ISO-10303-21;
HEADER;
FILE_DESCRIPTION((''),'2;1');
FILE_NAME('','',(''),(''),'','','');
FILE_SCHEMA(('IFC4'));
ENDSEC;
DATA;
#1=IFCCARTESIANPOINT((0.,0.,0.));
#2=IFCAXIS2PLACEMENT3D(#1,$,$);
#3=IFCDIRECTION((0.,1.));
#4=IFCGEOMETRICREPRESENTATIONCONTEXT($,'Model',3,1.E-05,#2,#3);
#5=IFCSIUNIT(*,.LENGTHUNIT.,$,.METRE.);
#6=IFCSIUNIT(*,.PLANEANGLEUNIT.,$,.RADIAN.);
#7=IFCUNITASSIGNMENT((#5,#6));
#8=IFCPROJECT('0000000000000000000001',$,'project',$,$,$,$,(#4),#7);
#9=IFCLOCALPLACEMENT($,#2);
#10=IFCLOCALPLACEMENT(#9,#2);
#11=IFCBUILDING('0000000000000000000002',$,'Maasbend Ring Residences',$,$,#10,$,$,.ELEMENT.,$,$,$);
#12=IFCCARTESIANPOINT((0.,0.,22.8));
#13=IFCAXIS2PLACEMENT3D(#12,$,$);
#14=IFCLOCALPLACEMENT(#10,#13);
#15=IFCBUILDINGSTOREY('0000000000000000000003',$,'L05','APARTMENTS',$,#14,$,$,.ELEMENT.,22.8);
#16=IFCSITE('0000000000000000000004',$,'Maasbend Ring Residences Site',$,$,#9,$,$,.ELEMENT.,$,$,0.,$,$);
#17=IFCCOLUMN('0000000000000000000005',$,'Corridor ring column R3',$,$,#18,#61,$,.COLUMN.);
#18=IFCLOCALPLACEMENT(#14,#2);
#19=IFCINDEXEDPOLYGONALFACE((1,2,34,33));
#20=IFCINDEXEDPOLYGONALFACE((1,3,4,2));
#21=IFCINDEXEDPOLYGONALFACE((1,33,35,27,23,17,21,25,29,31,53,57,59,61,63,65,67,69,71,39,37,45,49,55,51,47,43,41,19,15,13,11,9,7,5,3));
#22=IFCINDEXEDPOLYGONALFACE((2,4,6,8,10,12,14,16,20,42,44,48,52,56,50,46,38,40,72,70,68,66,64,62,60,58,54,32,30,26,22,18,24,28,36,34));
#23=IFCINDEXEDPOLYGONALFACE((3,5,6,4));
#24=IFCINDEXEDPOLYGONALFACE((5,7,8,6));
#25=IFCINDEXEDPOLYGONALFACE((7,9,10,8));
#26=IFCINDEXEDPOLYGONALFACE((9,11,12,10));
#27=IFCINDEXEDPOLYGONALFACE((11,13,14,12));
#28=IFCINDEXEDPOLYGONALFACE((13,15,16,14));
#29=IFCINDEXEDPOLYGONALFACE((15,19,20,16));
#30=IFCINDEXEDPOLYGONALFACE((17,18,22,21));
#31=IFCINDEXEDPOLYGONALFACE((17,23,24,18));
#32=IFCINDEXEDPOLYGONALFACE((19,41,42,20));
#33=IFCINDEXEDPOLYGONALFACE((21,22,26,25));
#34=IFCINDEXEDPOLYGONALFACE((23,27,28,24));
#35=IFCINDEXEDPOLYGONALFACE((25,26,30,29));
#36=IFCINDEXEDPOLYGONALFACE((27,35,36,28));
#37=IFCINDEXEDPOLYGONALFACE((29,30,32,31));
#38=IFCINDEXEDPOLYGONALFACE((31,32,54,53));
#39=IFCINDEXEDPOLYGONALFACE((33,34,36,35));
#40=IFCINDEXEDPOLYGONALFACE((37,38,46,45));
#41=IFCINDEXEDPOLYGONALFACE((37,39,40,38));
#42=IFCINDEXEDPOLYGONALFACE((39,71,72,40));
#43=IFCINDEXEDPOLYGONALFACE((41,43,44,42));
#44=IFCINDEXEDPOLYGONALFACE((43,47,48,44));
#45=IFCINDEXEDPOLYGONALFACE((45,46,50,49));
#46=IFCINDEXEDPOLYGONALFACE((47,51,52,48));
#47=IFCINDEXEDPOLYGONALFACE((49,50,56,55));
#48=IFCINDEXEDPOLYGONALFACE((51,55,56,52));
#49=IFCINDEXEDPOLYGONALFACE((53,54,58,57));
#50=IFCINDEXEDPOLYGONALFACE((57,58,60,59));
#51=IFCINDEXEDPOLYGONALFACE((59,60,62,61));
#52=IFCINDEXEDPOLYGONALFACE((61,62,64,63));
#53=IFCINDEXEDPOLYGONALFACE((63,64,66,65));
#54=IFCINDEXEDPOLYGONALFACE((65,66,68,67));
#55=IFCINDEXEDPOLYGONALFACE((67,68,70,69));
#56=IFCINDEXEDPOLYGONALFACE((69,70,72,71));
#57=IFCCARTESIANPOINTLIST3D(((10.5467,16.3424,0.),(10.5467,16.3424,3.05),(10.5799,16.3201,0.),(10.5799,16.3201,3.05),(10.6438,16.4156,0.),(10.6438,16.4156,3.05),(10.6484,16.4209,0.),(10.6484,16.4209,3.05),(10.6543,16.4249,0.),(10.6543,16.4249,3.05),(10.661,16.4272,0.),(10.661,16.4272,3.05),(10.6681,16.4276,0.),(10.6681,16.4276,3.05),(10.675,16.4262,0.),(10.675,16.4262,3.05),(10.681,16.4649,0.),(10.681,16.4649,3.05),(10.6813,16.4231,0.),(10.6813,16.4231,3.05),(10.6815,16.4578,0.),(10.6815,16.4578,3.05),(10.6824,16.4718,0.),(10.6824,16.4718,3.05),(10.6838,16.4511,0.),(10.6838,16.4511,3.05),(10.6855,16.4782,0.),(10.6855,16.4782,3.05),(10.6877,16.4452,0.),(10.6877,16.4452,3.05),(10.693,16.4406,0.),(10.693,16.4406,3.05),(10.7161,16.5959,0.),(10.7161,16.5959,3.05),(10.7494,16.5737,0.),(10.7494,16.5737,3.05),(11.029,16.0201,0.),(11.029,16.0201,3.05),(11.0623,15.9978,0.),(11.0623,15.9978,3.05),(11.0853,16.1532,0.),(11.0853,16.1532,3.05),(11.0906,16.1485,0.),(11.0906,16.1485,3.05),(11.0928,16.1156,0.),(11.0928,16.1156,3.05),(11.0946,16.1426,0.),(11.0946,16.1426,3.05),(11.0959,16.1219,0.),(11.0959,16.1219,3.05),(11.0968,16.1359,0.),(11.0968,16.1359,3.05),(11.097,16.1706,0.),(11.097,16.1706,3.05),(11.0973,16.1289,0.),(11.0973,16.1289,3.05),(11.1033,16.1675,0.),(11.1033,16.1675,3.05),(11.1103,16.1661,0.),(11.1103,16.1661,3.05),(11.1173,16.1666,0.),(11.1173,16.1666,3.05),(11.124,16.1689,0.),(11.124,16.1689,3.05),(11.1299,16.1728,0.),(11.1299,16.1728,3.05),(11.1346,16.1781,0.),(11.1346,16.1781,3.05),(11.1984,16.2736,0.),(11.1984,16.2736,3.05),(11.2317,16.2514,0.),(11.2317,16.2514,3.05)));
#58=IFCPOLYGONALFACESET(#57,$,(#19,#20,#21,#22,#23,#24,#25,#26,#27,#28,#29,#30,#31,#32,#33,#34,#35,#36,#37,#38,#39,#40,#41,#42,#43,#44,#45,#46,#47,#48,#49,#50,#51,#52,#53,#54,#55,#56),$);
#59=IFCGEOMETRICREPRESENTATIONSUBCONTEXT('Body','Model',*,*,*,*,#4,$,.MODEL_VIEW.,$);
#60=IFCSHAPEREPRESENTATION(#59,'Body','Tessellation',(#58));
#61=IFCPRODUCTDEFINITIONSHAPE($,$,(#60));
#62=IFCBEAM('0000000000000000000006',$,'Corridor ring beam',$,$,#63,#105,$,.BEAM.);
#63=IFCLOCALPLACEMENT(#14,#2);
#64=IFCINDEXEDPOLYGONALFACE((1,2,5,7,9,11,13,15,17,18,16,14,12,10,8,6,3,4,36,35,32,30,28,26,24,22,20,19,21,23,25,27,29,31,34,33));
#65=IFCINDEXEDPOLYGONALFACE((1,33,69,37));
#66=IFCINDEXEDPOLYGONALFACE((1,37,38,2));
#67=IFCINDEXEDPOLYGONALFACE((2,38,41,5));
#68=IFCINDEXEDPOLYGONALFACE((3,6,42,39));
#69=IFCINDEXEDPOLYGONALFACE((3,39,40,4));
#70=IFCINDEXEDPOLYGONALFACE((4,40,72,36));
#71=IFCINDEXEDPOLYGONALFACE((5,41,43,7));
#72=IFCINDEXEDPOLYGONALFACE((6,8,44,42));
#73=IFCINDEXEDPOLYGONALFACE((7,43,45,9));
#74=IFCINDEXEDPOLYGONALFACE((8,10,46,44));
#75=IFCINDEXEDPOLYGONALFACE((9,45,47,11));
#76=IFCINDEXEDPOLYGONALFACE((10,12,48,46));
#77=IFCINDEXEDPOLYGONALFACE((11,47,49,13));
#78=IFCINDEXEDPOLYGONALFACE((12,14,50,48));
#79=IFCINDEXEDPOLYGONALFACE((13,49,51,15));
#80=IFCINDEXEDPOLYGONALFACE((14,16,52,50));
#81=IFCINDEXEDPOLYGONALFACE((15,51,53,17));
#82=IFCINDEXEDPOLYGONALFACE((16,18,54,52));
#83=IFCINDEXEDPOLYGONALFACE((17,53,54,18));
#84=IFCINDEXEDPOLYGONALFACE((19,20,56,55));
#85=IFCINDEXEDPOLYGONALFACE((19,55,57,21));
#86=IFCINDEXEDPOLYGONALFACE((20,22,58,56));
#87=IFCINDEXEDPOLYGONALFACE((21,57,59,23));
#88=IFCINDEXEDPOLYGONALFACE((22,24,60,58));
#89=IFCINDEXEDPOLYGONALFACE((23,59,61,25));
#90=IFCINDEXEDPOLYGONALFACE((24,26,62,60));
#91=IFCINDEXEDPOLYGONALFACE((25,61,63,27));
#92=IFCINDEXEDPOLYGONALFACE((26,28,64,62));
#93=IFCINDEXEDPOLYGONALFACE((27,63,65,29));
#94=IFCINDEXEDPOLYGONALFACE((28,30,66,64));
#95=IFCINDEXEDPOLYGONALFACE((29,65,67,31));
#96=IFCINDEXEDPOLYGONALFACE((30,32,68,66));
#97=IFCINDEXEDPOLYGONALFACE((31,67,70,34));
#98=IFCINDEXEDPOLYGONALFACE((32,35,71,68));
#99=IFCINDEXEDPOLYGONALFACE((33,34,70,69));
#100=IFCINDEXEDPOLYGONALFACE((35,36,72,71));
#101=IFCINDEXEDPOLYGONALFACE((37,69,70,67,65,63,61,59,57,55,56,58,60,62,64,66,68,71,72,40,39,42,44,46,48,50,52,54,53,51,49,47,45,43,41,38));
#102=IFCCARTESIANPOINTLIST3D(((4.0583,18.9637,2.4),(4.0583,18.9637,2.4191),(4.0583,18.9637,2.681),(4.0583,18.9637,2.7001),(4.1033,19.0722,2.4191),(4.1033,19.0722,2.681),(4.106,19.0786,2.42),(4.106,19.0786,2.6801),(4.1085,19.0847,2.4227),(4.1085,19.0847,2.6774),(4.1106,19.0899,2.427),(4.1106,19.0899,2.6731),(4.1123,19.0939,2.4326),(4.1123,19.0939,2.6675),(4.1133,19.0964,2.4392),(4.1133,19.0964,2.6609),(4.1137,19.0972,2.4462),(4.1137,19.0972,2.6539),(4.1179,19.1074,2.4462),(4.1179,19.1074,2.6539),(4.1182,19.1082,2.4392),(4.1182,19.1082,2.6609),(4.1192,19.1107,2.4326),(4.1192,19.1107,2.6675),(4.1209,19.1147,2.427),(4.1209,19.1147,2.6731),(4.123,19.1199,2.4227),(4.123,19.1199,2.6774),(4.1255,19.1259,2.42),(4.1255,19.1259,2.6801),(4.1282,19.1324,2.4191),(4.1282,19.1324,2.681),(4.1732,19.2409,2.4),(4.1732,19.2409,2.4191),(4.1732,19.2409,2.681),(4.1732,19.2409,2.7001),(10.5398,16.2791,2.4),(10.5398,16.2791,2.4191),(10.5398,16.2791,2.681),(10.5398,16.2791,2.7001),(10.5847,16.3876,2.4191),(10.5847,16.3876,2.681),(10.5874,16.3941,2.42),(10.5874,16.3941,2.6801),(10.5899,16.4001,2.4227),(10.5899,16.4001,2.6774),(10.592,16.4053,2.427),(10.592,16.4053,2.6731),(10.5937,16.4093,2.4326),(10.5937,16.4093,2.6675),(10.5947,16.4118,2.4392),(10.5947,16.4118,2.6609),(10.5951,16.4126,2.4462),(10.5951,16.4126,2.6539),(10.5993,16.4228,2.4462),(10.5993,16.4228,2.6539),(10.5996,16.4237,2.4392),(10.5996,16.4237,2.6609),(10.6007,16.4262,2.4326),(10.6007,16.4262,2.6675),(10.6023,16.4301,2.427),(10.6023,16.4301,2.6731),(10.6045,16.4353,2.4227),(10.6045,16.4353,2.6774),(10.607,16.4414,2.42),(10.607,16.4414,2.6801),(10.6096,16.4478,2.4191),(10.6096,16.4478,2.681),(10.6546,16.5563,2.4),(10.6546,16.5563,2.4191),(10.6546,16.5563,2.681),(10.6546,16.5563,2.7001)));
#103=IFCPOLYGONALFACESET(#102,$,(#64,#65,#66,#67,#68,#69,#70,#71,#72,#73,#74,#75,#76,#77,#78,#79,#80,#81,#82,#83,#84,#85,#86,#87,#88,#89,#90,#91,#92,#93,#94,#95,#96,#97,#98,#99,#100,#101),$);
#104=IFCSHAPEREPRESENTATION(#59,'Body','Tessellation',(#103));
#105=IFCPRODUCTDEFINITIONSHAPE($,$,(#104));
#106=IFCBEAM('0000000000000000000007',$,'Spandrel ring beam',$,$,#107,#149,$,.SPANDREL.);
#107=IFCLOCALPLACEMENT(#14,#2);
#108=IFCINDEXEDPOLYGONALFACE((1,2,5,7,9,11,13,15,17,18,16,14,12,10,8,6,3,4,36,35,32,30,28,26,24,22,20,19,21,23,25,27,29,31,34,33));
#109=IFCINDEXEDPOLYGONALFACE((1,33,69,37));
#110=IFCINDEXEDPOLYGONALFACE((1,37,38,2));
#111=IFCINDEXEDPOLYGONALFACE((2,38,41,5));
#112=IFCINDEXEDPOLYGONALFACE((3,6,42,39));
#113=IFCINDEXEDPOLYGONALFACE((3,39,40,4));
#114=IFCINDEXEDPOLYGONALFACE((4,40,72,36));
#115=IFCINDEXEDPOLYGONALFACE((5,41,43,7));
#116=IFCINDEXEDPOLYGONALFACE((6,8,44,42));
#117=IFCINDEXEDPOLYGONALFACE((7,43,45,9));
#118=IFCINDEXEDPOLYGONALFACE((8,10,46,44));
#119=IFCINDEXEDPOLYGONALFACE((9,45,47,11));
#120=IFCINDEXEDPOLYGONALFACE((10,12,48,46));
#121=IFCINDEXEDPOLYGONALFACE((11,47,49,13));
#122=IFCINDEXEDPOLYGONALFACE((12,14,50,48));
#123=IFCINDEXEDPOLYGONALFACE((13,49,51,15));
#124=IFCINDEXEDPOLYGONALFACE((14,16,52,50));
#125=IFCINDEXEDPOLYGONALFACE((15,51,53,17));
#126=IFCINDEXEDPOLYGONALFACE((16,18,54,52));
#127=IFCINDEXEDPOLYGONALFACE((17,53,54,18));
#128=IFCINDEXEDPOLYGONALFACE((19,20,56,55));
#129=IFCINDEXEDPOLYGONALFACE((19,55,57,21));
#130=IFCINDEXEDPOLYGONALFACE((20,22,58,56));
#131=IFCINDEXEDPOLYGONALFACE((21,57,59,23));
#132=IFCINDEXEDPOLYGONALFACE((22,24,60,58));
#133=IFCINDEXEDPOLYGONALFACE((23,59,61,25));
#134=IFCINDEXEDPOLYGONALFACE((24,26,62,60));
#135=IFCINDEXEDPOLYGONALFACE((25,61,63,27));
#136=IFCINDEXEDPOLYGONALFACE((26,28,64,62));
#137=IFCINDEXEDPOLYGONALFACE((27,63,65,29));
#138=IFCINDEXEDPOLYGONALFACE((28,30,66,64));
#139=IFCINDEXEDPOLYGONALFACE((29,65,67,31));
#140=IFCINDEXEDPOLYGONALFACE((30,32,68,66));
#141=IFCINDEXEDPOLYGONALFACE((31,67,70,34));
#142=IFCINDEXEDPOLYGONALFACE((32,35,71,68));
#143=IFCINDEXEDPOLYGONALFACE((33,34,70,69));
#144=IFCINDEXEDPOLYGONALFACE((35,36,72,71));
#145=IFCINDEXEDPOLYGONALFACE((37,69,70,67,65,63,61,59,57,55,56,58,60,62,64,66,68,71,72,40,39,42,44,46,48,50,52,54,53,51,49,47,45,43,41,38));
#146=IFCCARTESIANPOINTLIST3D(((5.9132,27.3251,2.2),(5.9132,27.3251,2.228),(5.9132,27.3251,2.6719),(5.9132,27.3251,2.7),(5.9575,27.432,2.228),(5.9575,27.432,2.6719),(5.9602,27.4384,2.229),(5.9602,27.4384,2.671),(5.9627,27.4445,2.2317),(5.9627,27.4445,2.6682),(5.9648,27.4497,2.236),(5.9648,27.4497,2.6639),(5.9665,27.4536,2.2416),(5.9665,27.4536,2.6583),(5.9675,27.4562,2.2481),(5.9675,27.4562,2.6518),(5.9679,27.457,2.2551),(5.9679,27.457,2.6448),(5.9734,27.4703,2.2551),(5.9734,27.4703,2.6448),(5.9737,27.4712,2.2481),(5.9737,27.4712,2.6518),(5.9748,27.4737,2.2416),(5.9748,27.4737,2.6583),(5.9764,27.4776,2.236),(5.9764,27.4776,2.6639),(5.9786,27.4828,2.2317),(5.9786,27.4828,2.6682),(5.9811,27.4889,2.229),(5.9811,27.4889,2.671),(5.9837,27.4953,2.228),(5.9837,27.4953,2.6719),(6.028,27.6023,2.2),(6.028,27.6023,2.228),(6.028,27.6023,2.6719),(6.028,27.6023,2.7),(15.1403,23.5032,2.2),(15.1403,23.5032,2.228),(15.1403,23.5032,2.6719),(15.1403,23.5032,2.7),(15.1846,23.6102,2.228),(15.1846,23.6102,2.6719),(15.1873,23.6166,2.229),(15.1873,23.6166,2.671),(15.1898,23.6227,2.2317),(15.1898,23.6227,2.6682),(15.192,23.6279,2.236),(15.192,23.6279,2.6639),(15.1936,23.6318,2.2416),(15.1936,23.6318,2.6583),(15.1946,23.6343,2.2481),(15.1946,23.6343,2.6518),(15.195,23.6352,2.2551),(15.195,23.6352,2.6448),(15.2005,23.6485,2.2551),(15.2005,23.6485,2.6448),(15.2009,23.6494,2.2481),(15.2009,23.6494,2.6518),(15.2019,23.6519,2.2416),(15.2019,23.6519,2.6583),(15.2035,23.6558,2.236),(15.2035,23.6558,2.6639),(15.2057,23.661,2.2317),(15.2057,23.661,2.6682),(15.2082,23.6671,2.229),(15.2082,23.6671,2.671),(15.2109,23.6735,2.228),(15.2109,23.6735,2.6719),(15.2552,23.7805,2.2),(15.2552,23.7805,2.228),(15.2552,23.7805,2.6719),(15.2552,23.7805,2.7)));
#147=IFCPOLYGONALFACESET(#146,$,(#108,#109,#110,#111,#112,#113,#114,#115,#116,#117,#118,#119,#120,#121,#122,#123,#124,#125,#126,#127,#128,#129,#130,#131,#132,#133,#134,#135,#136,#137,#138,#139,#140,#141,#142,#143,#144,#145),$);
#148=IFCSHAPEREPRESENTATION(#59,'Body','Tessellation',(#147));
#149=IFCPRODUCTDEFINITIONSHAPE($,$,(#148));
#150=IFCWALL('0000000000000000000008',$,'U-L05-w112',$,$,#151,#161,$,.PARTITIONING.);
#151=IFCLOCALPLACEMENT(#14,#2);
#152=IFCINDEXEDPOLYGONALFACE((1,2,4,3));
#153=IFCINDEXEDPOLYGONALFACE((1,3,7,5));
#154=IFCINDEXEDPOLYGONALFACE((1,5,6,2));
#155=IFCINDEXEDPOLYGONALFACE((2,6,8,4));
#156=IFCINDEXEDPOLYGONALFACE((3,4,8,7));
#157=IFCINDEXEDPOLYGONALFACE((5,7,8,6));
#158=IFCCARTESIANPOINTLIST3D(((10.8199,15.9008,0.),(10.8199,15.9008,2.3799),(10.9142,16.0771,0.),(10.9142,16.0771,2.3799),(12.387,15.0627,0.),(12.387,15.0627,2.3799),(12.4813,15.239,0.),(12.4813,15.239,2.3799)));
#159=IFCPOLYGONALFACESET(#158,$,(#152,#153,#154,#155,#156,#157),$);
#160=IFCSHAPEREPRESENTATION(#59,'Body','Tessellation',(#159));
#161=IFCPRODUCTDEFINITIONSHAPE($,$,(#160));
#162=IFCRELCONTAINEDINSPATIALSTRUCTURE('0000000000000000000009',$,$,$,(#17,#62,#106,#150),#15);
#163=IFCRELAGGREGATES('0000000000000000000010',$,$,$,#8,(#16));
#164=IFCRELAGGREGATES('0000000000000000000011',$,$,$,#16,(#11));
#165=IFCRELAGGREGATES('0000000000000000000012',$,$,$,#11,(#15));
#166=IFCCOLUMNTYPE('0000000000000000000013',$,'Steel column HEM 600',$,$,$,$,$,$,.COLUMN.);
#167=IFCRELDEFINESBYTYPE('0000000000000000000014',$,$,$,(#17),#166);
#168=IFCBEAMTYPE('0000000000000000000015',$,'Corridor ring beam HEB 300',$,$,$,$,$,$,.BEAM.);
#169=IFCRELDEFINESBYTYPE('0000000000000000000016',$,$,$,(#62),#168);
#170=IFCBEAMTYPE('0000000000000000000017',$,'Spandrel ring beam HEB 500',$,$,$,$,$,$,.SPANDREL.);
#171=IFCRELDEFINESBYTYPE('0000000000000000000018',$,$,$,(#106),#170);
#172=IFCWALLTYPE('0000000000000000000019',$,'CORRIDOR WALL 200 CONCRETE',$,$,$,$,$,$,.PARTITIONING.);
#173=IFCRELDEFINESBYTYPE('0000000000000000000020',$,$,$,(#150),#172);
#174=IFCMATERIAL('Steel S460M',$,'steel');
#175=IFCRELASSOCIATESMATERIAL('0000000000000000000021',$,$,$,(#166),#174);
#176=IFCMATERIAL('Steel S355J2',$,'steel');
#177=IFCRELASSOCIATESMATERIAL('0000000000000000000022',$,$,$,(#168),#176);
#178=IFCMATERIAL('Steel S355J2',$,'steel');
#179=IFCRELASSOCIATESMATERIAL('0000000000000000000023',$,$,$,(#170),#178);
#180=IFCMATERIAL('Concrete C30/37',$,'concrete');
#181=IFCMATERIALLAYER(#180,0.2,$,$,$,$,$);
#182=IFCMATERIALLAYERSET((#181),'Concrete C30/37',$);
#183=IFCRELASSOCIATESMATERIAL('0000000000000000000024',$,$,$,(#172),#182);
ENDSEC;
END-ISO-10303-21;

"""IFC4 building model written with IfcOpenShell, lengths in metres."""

from ifc_helpers import new_model, si_unit, direction, frame, frame_2d, origin, origin_2d, place, context, subcontext, project, spatial, rectangle, i_section, extrude, material, layer, layer_set, material_profile, profile_set, type_object, element, save


model = new_model("IFC4")

# Units and contexts
model_context = context("Model", 3, precision=1e-05, world=origin(), true_north=direction((0.0, 1.0)))
body_context = subcontext(model_context, "Body", "Model", "MODEL_VIEW")
ifc_project = project(units=[si_unit("LENGTHUNIT", "METRE"), si_unit("PLANEANGLEUNIT", "RADIAN")], contexts=[model_context])

# Site, building, storey
site_placement = place(None, origin())
site = spatial("IfcSite", under=ifc_project, at=site_placement, Name="Maasbend Ring Residences Site", CompositionType="ELEMENT", RefElevation=0.0)
building_placement = place(site_placement, origin())
building = spatial("IfcBuilding", under=site, at=building_placement, Name="Maasbend Ring Residences", CompositionType="ELEMENT")
storey_placement = place(building_placement, frame((0.0, 0.0, 22.8)))
storey = spatial("IfcBuildingStorey", under=building, at=storey_placement, Name="L05", Description="APARTMENTS", CompositionType="ELEMENT", Elevation=22.8)

# Column
ifc_material_1 = material(Name="Steel S460M", Category="steel")
ifc_material_profile_1 = material_profile(ifc_material_1, i_section(OverallWidth=0.3049, OverallDepth=0.6201, WebThickness=0.021, FlangeThickness=0.04, FilletRadius=0.0271, at=origin_2d()), Name="HEM 600")
ifc_profile_set_1 = profile_set([ifc_material_profile_1], Name="Steel S460M")
column_type = type_object("IfcColumnType", Name="Steel column HEM 600", PredefinedType="COLUMN", material=ifc_profile_set_1)
column_placement = place(storey_placement, frame((10.8892, 16.2969, 0.0), z_axis=(0.0, 0.0, 1.0), x_axis=(0.55557, 0.83147, 0.0)))
element("IfcColumn", 1, at=column_placement, inside=storey, type_object=column_type, Name="Corridor ring column R3", PredefinedType="COLUMN", context=body_context, shape_type="SweptSolid", body=[
    extrude(i_section(OverallWidth=0.3049, OverallDepth=0.6201, WebThickness=0.021, FlangeThickness=0.04, FilletRadius=0.0271, at=origin_2d()), origin(), (0.0, 0.0, 1.0), 3.05),
])

# Beams
ifc_material_2 = material(Name="Steel S355J2", Category="steel")
ifc_material_profile_2 = material_profile(ifc_material_2, i_section(OverallWidth=0.3, OverallDepth=0.3, WebThickness=0.011, FlangeThickness=0.019, FilletRadius=0.0271, at=origin_2d()), Name="HEB 300")
ifc_profile_set_2 = profile_set([ifc_material_profile_2], Name="Steel S355J2")
beam_type_1 = type_object("IfcBeamType", Name="Corridor ring beam HEB 300", PredefinedType="BEAM", material=ifc_profile_set_2)
beam_1_placement = place(storey_placement, frame((10.5972, 16.4177, 2.55), z_axis=(-0.923886, 0.382667, 0.0), x_axis=(-0.382667, -0.923886, 0.0)))
element("IfcBeam", 2, at=beam_1_placement, inside=storey, type_object=beam_type_1, Name="Corridor ring beam", PredefinedType="BEAM", context=body_context, shape_type="SweptSolid", body=[
    extrude(i_section(OverallWidth=0.3, OverallDepth=0.3, WebThickness=0.011, FlangeThickness=0.019, FilletRadius=0.0271, at=origin_2d()), origin(), (0.0, 0.0, 1.0), 7.0154),
])
ifc_material_3 = material(Name="Steel S355J2", Category="steel")
ifc_material_profile_3 = material_profile(ifc_material_3, i_section(OverallWidth=0.3, OverallDepth=0.5, WebThickness=0.0144, FlangeThickness=0.0281, FilletRadius=0.0271, at=origin_2d()), Name="HEB 500")
ifc_profile_set_3 = profile_set([ifc_material_profile_3], Name="Steel S355J2")
beam_type_2 = type_object("IfcBeamType", Name="Spandrel ring beam HEB 500", PredefinedType="SPANDREL", material=ifc_profile_set_3)
beam_2_placement = place(storey_placement, frame((15.1978, 23.6418, 2.45), z_axis=(-0.923886, 0.382667, 0.0), x_axis=(-0.382667, -0.923886, 0.0)))
element("IfcBeam", 3, at=beam_2_placement, inside=storey, type_object=beam_type_2, Name="Spandrel ring beam", PredefinedType="SPANDREL", context=body_context, shape_type="SweptSolid", body=[
    extrude(i_section(OverallWidth=0.3, OverallDepth=0.5, WebThickness=0.0144, FlangeThickness=0.0281, FilletRadius=0.0271, at=origin_2d()), origin(), (0.0, 0.0, 1.0), 9.9873),
])

# Wall
ifc_material_4 = material(Name="Concrete C30/37", Category="concrete")
ifc_layer_1 = layer(ifc_material_4, 0.2)
ifc_layer_set_1 = layer_set([ifc_layer_1], Name="Concrete C30/37")
wall_type_1 = type_object("IfcWallType", Name="CORRIDOR WALL 200 CONCRETE", PredefinedType="PARTITIONING", material=ifc_layer_set_1)
wall_1_placement = place(storey_placement, frame((10.8669, 15.989, 0.0), z_axis=(0.0, 0.0, 1.0), x_axis=(0.881809, -0.471608, 0.0)))
element("IfcWall", 4, at=wall_1_placement, inside=storey, type_object=wall_type_1, Name="U-L05-w112", PredefinedType="PARTITIONING", context=body_context, shape_type="SweptSolid", body=[
    extrude(rectangle(XDim=1.7771, YDim=0.2, at=frame_2d((0.8887, 0.0))), origin(), (0.0, 0.0, 1.0), 2.3799),
])

save(model, "model.ifc")
